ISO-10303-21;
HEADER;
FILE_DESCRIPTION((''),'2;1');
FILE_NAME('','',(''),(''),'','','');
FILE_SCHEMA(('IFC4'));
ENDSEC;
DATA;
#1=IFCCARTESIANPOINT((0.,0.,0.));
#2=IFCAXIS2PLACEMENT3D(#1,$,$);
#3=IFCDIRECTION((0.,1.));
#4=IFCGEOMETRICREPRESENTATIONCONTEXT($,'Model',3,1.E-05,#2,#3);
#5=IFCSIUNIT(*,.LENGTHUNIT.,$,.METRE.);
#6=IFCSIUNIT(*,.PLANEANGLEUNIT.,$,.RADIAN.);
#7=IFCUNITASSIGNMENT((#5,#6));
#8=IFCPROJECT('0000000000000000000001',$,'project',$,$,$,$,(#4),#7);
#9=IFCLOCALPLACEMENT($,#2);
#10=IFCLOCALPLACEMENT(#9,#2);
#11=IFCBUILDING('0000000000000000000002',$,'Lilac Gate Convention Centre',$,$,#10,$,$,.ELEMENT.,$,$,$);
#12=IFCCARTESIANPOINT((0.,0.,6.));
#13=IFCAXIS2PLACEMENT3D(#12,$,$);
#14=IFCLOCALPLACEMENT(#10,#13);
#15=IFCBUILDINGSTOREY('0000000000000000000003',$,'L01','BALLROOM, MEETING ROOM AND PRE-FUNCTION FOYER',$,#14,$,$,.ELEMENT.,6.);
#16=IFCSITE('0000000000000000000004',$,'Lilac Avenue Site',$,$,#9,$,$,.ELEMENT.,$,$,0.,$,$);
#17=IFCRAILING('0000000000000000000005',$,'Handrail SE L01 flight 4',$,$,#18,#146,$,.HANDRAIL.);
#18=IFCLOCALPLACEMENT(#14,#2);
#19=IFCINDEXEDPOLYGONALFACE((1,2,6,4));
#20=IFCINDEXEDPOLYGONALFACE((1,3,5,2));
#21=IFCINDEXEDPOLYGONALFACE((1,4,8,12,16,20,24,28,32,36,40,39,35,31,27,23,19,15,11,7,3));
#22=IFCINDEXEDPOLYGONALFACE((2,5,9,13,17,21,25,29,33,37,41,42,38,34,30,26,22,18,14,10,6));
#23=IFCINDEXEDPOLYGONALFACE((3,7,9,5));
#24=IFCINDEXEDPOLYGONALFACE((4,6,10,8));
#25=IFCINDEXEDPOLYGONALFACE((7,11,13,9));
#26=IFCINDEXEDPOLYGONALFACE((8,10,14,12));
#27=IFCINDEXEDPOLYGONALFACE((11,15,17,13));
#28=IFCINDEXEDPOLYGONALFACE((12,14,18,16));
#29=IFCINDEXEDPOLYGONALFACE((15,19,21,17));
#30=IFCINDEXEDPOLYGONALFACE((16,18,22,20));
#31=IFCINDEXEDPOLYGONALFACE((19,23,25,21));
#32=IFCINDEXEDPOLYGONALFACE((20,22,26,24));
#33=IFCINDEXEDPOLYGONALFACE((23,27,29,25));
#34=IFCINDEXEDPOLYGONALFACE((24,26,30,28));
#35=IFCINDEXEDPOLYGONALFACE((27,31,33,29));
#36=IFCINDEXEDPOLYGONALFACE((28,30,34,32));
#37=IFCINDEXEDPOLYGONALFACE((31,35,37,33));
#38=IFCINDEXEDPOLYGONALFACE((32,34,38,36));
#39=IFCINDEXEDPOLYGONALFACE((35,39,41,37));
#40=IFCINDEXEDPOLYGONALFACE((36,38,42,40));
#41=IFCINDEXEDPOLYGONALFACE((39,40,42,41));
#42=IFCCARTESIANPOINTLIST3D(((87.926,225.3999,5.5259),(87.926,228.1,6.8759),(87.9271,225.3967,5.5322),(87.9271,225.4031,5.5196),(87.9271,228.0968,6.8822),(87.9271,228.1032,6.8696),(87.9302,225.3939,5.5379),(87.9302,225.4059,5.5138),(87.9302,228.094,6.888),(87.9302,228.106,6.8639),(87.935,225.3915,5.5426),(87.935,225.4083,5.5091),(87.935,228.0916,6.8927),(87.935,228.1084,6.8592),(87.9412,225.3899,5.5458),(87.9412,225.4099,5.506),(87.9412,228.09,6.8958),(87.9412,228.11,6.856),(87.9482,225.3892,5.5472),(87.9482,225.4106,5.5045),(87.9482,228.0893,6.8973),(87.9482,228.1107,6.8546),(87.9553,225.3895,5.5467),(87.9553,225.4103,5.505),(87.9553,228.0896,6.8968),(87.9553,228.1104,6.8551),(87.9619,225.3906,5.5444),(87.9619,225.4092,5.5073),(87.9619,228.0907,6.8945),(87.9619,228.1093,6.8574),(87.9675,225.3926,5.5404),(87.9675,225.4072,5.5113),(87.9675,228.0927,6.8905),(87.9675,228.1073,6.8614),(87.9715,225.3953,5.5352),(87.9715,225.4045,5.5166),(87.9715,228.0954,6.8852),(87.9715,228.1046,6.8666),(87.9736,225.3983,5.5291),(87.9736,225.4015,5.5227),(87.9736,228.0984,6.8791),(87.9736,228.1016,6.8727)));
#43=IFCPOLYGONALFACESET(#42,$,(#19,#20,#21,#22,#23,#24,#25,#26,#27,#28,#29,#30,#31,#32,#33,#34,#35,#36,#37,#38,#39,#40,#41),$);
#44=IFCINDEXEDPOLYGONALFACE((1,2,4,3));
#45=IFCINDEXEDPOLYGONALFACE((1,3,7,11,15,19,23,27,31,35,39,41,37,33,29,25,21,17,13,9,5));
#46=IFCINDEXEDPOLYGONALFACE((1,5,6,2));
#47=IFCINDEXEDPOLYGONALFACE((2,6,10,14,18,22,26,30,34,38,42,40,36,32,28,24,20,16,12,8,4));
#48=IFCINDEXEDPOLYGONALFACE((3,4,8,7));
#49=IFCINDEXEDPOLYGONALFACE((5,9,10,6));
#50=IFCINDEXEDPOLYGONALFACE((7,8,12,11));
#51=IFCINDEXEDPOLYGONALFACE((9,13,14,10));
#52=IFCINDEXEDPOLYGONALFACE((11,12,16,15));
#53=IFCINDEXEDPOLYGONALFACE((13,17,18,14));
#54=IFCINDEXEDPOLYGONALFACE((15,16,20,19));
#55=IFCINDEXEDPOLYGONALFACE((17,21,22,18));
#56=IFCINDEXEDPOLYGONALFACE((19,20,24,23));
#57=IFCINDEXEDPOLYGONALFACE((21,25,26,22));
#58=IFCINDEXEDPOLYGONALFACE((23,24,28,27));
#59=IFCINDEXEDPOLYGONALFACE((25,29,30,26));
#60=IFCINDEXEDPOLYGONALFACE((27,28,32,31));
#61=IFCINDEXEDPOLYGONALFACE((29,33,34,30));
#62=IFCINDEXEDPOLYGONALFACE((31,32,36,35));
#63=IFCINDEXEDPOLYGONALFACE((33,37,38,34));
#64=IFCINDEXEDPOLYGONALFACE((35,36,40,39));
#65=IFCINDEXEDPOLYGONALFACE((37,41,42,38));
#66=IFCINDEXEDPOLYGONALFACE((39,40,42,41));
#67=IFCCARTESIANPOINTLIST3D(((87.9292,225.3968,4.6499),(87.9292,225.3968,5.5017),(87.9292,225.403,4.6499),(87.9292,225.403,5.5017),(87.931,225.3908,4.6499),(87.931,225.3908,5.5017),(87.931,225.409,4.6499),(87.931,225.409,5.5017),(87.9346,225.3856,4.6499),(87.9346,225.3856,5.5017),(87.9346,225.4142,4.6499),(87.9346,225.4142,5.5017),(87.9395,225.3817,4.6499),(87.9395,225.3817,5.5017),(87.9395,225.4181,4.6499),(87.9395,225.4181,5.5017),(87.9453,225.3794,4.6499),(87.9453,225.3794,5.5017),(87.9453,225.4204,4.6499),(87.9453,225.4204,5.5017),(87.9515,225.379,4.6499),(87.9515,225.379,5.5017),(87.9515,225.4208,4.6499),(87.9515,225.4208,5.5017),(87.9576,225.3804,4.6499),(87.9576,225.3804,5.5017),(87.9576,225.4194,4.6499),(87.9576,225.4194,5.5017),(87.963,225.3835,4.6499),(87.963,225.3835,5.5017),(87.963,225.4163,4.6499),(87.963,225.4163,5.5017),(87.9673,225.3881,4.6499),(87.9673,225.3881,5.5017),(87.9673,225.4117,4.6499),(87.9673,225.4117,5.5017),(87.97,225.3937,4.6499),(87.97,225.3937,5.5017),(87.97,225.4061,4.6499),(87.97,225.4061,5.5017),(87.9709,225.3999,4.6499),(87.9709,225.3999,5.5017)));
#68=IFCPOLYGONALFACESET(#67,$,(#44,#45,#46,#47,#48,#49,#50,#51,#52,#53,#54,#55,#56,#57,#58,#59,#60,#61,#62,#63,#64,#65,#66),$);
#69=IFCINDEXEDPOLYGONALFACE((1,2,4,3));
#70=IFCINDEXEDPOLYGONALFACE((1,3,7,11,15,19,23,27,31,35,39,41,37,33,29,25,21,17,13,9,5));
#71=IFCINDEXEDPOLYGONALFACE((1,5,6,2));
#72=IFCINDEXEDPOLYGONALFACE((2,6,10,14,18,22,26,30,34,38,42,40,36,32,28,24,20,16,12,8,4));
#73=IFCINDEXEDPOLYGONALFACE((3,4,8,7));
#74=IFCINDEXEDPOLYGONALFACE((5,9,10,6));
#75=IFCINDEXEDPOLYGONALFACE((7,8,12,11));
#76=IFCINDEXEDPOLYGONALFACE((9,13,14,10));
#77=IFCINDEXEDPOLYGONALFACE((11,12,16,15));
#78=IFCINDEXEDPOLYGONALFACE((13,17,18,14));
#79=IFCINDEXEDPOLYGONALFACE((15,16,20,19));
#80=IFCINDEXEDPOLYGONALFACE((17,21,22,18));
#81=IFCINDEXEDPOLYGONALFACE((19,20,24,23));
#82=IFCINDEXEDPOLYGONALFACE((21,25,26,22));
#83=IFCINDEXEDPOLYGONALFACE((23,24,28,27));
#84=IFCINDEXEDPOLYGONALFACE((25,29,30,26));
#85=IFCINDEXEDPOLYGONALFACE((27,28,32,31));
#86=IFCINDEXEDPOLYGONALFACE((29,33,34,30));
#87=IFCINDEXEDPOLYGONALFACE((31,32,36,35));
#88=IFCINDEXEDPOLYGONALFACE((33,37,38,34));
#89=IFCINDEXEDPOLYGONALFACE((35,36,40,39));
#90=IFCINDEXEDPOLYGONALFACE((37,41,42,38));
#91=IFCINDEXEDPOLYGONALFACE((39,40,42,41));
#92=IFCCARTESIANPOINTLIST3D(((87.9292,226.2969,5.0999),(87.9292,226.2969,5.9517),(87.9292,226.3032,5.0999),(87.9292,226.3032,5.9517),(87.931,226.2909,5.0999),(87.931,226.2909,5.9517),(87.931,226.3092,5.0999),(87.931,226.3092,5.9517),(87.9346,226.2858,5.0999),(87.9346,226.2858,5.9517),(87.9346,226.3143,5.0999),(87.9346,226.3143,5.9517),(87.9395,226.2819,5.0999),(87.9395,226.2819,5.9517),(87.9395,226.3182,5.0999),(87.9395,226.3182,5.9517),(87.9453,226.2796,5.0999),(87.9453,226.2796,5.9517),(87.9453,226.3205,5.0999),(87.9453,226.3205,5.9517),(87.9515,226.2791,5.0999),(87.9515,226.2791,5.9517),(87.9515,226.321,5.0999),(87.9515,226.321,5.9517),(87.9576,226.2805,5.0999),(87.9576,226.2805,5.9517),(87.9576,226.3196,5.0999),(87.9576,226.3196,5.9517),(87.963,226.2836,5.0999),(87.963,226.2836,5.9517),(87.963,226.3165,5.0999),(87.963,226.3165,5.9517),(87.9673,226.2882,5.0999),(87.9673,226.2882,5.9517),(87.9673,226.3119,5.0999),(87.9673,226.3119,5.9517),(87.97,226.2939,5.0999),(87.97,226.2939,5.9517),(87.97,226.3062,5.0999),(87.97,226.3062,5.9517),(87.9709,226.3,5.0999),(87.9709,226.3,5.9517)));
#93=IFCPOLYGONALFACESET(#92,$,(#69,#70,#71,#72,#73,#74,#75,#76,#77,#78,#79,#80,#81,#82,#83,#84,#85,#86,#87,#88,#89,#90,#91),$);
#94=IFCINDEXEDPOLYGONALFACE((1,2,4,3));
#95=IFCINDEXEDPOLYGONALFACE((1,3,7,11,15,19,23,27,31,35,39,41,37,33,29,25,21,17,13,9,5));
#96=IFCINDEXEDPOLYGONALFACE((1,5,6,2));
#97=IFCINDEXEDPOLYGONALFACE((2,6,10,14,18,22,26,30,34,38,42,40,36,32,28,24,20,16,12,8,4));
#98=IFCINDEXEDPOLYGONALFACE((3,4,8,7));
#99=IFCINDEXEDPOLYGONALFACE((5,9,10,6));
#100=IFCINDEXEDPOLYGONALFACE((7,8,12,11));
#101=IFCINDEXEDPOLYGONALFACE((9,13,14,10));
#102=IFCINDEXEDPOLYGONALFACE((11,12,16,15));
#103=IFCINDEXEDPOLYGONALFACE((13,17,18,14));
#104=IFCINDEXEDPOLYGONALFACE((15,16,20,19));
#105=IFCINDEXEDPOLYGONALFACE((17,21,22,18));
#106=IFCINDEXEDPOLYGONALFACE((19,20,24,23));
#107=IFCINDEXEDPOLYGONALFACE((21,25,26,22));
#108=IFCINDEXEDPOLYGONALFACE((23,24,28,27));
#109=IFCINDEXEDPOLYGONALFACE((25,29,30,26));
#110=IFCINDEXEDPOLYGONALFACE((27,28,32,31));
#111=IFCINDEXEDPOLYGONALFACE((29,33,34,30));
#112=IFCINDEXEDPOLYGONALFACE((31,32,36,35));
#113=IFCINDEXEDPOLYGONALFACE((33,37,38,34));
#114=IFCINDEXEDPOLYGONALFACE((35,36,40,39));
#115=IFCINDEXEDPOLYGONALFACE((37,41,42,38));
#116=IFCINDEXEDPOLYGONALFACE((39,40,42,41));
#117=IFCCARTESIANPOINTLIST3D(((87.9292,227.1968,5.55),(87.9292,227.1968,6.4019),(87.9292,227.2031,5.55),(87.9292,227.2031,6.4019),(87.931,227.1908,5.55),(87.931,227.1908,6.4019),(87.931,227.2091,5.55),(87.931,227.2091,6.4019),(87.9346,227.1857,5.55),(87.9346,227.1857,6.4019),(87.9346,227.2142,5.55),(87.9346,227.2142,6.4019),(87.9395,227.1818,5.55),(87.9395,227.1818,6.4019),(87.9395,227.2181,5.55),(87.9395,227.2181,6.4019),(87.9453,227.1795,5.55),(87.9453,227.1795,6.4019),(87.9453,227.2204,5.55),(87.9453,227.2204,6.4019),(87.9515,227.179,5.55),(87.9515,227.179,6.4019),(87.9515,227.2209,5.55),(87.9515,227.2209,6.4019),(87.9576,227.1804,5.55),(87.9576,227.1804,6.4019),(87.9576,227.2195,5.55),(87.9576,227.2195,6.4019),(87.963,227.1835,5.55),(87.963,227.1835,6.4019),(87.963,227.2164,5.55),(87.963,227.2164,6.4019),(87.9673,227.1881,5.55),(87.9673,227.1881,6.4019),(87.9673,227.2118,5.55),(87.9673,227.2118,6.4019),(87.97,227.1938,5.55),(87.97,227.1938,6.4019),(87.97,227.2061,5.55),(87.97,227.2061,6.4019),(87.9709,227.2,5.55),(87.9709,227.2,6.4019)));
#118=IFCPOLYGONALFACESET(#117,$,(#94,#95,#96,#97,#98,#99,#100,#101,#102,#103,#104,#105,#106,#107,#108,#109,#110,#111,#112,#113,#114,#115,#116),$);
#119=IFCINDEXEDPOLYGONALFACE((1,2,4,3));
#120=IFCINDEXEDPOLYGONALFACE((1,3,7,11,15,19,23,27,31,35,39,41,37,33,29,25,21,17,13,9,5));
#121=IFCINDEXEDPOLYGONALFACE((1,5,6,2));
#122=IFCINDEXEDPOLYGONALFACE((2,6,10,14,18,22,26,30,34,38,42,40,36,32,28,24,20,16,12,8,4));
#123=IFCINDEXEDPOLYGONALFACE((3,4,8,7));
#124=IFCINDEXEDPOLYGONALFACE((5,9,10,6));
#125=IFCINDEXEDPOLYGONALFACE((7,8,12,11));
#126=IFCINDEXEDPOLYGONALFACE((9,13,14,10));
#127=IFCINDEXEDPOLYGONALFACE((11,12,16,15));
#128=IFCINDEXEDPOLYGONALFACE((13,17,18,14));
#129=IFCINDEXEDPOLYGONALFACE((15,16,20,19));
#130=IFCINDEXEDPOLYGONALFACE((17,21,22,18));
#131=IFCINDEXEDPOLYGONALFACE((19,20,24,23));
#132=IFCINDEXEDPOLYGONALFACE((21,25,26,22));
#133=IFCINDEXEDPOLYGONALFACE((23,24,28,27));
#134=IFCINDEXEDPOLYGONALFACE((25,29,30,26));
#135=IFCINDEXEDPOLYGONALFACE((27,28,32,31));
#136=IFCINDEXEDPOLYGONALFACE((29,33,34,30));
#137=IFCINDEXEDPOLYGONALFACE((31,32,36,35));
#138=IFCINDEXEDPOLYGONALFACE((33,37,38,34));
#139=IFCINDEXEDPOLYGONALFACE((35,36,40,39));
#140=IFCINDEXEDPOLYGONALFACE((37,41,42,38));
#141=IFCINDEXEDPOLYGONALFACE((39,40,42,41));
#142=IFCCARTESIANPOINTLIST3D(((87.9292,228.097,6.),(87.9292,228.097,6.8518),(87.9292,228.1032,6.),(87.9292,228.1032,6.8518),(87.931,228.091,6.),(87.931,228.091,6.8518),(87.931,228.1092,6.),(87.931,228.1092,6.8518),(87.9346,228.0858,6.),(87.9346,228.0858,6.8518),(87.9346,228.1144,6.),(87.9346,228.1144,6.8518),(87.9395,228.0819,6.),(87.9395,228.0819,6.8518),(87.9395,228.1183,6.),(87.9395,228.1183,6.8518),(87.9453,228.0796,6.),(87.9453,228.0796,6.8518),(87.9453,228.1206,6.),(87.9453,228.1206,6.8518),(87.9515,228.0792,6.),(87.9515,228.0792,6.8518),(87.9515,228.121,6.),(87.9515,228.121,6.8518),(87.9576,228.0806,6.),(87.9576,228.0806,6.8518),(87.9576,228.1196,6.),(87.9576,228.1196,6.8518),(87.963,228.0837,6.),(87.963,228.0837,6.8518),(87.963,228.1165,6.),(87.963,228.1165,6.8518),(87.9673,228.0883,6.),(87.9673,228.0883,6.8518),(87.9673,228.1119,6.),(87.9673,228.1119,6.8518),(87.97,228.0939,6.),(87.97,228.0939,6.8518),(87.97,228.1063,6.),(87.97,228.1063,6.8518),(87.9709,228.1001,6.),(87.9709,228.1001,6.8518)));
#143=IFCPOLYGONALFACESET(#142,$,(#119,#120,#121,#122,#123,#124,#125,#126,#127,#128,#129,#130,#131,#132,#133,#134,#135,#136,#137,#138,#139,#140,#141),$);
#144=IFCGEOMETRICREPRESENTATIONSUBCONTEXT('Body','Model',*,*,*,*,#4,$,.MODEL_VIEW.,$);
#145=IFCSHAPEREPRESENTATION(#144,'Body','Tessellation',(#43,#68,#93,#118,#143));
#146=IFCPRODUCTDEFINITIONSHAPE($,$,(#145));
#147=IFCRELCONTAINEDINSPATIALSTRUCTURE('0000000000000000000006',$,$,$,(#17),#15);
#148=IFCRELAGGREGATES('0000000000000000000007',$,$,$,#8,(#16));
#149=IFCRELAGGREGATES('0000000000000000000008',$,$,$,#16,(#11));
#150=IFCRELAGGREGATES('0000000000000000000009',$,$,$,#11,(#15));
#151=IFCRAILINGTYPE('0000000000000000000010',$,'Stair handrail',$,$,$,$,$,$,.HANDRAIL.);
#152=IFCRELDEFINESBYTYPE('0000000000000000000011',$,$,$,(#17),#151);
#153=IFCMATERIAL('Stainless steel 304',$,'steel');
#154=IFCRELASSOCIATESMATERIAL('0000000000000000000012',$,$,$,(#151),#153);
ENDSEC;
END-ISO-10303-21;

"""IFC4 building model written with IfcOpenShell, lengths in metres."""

from ifc_helpers import new_model, si_unit, direction, frame, origin, origin_2d, place, context, subcontext, project, spatial, circle, extrude, material, type_object, element, save


model = new_model("IFC4")

# Units and contexts
model_context = context("Model", 3, precision=1e-05, world=origin(), true_north=direction((0.0, 1.0)))
body_context = subcontext(model_context, "Body", "Model", "MODEL_VIEW")
ifc_project = project(units=[si_unit("LENGTHUNIT", "METRE"), si_unit("PLANEANGLEUNIT", "RADIAN")], contexts=[model_context])

# Site, building, storey
site_placement = place(None, origin())
site = spatial("IfcSite", under=ifc_project, at=site_placement, Name="Lilac Avenue Site", CompositionType="ELEMENT", RefElevation=0.0)
building_placement = place(site_placement, origin())
building = spatial("IfcBuilding", under=site, at=building_placement, Name="Lilac Gate Convention Centre", CompositionType="ELEMENT")
storey_placement = place(building_placement, frame((0.0, 0.0, 6.0)))
storey = spatial("IfcBuildingStorey", under=building, at=storey_placement, Name="L01", Description="BALLROOM, MEETING ROOM AND PRE-FUNCTION FOYER", CompositionType="ELEMENT", Elevation=6.0)

# Railing
ifc_material_1 = material(Name="Stainless steel 304", Category="steel")
railing_type = type_object("IfcRailingType", Name="Stair handrail", PredefinedType="HANDRAIL", material=ifc_material_1)
for number, where, name in (
    (1, (87.95, 225.3999, 4.6499), "Handrail SE L01 flight 4"),
):
    element("IfcRailing", number, at=place(storey_placement, frame(where)), inside=storey, type_object=railing_type, Name=name, PredefinedType="HANDRAIL", context=body_context, shape_type="SweptSolid", body=[
        extrude(circle(Radius=0.0239, at=origin_2d()), frame((0.0, 0.0, 0.876), z_axis=(0.0, 0.894427, 0.447214), x_axis=(-1.0, 0.0, 0.0)), (0.0, 0.0, 1.0), 3.0188),
        extrude(circle(Radius=0.021, at=origin_2d()), origin(), (0.0, 0.0, 1.0), 0.8518),
        extrude(circle(Radius=0.021, at=origin_2d()), frame((0.0, 0.9001, 0.45)), (0.0, 0.0, 1.0), 0.8518),
        extrude(circle(Radius=0.021, at=origin_2d()), frame((0.0, 1.8, 0.9001)), (0.0, 0.0, 1.0), 0.8518),
        extrude(circle(Radius=0.021, at=origin_2d()), frame((0.0, 2.7002, 1.3501)), (0.0, 0.0, 1.0), 0.8518),
    ])

save(model, "model.ifc")
